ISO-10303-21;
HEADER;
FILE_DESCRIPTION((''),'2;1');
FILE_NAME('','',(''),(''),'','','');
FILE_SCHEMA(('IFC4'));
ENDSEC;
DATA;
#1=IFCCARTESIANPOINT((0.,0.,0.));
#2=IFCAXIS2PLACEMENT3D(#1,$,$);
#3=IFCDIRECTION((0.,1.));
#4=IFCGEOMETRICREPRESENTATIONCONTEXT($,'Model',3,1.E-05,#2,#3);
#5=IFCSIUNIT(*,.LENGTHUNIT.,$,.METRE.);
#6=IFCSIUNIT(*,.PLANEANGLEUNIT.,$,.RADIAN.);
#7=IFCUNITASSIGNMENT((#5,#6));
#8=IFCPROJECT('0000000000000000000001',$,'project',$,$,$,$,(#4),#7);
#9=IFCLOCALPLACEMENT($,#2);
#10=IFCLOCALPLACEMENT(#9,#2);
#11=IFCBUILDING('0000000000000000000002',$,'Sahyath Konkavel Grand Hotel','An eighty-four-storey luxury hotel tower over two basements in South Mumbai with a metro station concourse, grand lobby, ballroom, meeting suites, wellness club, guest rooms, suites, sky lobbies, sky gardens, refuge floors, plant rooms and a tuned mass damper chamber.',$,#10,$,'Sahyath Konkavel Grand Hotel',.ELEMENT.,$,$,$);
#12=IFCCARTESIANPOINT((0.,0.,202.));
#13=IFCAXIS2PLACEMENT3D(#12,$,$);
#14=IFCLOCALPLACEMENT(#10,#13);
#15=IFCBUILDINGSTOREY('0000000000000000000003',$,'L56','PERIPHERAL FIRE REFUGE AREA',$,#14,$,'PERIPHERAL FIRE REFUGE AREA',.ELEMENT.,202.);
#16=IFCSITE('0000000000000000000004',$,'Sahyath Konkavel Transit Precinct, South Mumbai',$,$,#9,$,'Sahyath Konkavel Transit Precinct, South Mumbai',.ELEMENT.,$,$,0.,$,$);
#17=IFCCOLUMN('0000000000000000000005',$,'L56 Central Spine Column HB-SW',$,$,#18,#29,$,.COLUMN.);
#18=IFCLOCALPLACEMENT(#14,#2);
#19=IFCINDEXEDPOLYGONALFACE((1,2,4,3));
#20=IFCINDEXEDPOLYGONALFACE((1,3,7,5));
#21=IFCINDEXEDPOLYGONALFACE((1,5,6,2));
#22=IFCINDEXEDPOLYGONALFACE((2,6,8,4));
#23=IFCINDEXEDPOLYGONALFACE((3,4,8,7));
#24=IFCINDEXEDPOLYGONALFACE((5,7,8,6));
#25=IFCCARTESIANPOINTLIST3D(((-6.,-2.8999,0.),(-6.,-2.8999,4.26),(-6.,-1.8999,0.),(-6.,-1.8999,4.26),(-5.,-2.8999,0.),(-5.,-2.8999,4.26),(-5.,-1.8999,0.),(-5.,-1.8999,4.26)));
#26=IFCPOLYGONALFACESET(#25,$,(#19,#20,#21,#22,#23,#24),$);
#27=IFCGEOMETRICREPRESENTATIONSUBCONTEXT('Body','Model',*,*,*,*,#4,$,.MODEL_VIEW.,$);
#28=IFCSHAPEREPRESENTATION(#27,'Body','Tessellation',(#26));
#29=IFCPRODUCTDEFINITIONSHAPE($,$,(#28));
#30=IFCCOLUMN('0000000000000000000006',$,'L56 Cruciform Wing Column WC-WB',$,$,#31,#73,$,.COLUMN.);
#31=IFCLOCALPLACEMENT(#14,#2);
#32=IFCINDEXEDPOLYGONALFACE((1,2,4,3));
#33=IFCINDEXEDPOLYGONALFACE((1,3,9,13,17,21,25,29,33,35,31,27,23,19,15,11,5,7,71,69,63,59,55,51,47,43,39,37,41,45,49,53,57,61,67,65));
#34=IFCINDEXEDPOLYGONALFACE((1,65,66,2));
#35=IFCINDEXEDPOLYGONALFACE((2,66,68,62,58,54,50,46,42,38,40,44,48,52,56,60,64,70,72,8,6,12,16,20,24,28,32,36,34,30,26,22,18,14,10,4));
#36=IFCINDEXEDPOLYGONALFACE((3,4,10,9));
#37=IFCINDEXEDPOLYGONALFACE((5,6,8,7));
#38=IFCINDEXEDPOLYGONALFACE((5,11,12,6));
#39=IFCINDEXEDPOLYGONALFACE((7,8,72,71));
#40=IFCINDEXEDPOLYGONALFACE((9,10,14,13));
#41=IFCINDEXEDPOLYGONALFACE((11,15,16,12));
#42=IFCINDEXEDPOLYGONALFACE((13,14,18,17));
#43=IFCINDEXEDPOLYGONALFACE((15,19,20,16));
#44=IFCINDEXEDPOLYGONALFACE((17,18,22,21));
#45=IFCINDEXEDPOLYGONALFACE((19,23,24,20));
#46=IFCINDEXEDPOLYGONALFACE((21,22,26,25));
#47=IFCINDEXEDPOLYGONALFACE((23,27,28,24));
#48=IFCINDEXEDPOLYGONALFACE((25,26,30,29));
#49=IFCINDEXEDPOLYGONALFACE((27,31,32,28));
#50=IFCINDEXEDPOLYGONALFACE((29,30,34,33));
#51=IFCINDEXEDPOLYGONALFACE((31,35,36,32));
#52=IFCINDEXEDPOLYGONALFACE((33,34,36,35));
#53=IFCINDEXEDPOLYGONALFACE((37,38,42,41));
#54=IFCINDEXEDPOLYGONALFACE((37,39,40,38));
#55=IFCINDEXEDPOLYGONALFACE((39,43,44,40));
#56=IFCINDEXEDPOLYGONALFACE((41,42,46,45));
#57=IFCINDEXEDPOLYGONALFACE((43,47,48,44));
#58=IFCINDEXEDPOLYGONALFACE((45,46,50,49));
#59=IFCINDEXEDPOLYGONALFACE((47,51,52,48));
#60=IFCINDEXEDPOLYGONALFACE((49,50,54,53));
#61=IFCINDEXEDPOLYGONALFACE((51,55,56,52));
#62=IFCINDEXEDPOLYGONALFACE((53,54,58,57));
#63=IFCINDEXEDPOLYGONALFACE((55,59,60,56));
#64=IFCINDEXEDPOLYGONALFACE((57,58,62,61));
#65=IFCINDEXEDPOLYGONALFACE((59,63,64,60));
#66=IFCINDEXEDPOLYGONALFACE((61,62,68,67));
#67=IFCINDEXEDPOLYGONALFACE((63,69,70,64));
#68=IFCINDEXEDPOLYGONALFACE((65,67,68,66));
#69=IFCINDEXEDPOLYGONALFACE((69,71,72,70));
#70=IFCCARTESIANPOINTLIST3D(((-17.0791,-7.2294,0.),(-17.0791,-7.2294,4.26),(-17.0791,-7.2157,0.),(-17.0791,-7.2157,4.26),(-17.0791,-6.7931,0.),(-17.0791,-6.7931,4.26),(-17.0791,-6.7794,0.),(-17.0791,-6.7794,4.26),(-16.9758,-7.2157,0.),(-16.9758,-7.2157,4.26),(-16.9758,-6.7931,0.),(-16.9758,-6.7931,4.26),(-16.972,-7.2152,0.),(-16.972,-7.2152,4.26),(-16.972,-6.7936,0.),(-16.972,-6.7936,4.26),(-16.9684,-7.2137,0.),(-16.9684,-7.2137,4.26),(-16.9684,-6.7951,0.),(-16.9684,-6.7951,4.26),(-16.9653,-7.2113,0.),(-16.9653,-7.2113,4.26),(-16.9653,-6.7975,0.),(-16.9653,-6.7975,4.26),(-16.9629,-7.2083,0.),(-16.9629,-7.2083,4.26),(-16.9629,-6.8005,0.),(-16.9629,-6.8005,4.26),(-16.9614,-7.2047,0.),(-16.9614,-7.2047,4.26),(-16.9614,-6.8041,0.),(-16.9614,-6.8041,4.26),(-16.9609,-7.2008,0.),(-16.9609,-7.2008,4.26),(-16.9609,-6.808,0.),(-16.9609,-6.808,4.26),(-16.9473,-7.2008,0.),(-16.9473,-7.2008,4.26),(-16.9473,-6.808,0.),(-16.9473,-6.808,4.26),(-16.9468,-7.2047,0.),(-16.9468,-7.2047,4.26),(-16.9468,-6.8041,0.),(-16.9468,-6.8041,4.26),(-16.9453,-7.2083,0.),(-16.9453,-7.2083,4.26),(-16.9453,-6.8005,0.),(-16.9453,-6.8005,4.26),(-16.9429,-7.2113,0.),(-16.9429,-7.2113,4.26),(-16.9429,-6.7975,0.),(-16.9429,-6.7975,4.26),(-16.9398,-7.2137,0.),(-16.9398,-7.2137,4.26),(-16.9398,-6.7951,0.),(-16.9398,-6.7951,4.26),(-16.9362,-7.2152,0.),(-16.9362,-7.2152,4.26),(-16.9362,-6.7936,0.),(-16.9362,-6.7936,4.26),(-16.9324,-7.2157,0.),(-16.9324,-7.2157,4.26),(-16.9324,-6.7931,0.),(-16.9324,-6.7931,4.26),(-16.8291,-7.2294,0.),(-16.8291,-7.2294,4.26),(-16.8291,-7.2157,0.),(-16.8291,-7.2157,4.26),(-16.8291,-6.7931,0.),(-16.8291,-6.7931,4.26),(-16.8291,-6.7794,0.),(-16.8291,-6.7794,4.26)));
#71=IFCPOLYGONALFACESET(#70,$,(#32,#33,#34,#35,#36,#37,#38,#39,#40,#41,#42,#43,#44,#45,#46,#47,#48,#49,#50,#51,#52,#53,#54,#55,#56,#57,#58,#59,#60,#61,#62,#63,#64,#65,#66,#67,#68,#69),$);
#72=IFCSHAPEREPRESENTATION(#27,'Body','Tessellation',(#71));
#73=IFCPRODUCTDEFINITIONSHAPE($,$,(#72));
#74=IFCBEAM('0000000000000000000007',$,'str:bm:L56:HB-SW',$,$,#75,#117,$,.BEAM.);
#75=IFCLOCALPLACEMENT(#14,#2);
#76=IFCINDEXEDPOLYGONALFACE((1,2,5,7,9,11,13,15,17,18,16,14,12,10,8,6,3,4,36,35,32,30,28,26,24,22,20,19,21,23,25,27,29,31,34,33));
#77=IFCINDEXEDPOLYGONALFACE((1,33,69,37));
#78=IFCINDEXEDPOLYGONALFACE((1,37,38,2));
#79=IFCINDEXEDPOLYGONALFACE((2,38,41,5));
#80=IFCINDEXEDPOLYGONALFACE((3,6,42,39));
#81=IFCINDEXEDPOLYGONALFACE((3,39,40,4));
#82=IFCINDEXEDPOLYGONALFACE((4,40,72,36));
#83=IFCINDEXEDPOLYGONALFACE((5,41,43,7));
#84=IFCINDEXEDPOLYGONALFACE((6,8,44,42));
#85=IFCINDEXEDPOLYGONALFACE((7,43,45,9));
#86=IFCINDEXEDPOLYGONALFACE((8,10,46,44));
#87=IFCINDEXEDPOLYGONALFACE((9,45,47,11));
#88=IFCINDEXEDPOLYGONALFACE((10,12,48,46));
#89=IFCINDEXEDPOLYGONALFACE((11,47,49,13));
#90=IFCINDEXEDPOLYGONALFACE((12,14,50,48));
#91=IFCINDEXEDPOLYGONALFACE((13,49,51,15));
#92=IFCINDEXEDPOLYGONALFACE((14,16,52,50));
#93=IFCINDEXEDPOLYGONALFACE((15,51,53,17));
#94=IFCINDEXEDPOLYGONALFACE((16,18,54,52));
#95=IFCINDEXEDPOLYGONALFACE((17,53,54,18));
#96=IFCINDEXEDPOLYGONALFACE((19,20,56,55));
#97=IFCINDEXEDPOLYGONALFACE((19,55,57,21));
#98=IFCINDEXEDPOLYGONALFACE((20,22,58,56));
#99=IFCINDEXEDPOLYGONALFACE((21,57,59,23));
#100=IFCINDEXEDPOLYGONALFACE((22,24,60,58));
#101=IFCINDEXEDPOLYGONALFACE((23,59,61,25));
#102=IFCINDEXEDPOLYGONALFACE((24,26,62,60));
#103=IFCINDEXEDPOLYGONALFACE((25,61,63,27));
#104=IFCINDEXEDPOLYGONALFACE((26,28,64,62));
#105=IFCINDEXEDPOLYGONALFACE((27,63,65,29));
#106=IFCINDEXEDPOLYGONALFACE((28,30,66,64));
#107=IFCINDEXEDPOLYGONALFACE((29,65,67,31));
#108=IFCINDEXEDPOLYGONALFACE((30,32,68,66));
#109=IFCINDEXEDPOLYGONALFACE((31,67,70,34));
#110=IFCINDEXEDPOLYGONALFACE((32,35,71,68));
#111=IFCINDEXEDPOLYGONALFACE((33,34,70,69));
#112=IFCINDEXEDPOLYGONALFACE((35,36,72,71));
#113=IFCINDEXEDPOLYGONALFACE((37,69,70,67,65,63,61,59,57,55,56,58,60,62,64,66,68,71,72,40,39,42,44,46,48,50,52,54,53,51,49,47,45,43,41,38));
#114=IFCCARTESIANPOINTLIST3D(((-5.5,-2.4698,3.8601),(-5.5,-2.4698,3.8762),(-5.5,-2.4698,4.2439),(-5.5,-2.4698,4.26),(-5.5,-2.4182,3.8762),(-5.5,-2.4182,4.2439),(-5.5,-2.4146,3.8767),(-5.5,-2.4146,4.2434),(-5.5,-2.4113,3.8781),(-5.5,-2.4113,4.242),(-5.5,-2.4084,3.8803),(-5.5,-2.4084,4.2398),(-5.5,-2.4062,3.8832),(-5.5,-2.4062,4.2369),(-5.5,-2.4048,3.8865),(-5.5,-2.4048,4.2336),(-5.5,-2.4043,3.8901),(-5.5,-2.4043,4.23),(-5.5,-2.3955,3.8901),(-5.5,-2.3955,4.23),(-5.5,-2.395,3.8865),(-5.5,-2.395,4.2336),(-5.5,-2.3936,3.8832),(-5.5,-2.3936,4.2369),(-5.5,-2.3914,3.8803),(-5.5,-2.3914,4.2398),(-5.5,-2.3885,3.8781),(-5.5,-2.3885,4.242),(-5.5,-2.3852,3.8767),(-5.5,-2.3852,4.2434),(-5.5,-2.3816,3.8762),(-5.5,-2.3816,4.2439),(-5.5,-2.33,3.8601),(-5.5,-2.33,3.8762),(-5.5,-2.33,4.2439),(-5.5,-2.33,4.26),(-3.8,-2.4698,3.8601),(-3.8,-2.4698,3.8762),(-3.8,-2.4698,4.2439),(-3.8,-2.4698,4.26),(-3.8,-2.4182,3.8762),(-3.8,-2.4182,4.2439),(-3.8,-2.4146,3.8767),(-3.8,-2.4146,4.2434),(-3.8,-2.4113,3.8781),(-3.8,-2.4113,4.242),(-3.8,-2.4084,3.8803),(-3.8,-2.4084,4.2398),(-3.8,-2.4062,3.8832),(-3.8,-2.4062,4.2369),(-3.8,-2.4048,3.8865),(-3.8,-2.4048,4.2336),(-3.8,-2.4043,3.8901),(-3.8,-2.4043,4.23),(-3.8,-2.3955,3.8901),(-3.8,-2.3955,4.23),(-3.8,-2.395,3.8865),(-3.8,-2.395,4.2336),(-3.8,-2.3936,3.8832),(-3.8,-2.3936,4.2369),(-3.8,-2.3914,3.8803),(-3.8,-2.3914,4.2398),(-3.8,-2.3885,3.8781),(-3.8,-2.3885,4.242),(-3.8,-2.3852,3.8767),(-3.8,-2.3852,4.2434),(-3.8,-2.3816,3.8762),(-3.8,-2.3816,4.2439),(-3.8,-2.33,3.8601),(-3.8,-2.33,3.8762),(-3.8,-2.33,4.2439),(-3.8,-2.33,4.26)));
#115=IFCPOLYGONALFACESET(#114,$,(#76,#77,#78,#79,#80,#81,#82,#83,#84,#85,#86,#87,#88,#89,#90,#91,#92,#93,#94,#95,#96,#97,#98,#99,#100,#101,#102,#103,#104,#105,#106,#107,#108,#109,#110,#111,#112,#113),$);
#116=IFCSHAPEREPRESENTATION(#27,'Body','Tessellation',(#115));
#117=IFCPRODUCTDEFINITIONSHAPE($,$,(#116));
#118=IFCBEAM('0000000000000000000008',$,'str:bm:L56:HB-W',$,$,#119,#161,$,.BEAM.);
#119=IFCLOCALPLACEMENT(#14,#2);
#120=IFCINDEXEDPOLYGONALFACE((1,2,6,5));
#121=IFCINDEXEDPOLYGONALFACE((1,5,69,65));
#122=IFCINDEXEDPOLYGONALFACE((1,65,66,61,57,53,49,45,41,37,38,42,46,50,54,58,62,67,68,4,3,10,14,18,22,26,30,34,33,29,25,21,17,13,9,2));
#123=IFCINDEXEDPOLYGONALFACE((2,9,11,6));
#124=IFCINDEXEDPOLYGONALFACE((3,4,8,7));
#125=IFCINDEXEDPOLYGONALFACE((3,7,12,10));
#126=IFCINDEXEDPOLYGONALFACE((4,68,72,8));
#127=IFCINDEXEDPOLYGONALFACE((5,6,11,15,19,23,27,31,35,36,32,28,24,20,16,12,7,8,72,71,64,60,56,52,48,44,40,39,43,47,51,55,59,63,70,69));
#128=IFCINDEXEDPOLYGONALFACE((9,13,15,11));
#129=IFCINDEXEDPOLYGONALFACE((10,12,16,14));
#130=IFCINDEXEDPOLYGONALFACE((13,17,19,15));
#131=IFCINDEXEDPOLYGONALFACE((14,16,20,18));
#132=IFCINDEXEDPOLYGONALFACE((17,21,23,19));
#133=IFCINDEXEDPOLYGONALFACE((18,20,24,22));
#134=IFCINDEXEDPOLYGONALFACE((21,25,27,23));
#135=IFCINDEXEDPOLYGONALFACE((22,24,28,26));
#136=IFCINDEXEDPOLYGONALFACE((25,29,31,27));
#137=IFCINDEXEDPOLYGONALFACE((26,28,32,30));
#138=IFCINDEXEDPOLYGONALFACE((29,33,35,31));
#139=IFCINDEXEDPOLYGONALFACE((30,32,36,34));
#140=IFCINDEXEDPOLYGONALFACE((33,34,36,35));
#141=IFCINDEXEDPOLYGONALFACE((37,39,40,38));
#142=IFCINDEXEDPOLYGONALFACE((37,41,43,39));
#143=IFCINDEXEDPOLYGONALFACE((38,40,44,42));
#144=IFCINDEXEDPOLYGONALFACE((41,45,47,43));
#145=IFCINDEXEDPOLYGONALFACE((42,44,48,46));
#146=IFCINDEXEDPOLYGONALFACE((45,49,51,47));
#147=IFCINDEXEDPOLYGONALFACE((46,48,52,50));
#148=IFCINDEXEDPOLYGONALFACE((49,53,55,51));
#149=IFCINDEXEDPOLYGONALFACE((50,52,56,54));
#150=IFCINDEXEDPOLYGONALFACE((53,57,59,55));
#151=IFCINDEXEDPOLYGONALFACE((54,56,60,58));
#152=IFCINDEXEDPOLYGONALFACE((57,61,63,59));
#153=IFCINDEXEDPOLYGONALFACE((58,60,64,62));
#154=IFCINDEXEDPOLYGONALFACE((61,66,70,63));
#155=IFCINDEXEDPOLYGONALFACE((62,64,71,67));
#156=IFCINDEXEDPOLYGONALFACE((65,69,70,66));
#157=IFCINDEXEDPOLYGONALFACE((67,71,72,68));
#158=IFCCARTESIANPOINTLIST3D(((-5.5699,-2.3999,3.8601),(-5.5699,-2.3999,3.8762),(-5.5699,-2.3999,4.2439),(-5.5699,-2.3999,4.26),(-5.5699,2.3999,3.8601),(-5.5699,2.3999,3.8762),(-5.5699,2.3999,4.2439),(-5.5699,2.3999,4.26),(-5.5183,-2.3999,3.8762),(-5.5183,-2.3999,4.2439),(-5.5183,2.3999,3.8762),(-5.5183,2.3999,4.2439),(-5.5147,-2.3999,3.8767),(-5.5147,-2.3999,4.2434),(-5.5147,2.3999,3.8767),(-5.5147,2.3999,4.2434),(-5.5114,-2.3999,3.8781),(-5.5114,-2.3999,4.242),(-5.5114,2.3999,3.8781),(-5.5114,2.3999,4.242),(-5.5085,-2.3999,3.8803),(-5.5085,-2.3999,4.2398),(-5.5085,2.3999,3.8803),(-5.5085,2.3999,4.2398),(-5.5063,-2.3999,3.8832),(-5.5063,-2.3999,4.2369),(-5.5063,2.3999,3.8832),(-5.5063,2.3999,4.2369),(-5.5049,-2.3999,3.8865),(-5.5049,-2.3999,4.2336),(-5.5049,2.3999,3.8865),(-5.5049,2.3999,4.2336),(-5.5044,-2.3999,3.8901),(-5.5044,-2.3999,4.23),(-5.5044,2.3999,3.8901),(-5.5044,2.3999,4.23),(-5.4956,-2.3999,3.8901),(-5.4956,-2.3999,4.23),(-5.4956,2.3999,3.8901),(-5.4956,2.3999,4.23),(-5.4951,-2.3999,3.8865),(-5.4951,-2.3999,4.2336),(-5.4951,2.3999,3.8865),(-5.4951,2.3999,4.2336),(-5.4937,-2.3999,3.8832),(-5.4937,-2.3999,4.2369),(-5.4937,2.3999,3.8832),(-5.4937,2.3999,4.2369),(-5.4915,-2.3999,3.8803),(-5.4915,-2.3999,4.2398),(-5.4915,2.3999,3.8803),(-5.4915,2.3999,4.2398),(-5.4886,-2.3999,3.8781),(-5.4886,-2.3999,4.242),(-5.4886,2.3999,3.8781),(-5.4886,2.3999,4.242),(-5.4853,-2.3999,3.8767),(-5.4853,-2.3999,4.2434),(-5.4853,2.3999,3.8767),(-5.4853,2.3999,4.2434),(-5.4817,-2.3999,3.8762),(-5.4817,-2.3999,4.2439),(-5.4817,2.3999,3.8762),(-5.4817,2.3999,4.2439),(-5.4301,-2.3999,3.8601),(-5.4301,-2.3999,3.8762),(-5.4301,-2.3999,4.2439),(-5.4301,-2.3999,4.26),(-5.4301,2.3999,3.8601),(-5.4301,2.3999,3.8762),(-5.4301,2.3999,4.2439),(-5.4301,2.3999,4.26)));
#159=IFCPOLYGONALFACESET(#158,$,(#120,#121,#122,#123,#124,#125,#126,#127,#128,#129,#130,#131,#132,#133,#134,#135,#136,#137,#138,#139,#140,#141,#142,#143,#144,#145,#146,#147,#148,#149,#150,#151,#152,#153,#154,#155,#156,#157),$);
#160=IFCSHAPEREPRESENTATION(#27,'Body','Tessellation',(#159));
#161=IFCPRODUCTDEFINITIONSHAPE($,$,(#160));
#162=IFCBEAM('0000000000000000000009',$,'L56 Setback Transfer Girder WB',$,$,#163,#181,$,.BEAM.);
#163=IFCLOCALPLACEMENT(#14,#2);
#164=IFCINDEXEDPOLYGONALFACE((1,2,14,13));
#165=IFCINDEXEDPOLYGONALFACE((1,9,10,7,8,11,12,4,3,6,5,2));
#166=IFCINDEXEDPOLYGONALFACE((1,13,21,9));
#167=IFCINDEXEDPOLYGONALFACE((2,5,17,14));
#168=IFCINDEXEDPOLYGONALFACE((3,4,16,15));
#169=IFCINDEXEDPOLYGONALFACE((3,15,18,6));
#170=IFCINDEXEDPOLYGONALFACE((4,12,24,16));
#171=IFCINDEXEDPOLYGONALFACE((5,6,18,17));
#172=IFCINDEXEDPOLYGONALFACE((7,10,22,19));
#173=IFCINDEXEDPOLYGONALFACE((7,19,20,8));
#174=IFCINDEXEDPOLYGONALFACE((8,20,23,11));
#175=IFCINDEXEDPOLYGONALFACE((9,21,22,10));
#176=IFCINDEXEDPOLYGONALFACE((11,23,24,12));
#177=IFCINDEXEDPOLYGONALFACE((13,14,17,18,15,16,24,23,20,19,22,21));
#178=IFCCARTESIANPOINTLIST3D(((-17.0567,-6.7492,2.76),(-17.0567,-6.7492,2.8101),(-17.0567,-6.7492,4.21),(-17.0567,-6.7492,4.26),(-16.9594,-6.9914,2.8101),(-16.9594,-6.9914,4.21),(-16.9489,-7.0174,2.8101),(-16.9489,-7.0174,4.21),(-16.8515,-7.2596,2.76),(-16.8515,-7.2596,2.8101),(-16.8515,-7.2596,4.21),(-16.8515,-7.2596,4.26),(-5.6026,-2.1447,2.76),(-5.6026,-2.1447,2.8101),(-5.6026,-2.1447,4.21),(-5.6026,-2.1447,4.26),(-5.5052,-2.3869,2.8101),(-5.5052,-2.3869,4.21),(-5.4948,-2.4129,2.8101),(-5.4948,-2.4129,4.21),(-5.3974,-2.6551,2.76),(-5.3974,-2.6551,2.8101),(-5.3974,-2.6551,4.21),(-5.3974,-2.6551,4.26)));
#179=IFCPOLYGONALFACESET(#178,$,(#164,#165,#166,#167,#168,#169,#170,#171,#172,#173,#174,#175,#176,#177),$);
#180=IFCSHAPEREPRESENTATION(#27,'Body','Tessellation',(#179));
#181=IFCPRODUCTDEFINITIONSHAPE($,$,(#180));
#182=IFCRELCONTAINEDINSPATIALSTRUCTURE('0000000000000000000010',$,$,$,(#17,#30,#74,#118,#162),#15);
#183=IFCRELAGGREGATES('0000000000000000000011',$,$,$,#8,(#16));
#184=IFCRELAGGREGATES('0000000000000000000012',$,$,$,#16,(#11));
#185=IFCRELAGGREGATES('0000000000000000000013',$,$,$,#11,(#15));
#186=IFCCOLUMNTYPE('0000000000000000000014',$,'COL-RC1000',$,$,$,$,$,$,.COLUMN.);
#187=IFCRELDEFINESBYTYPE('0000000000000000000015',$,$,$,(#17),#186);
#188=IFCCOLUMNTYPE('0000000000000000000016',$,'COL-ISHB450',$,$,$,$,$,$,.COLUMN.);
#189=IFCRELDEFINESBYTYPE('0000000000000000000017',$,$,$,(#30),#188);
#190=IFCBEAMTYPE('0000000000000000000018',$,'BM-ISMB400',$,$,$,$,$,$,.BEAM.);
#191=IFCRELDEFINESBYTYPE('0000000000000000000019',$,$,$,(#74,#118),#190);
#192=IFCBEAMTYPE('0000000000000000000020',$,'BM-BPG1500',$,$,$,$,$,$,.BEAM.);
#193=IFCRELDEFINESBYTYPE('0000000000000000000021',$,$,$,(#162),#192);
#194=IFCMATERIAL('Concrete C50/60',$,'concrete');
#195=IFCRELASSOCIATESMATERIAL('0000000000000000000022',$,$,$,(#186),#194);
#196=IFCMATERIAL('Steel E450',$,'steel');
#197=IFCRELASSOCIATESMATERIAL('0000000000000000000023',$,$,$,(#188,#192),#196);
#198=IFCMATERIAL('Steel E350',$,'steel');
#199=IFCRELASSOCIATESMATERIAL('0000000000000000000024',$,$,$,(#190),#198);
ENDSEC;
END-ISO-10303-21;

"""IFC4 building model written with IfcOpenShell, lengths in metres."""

from ifc_helpers import new_model, si_unit, direction, frame, origin, origin_2d, place, context, subcontext, project, spatial, rectangle, i_section, extrude, source, transform, mapped, material, material_profile, profile_set, type_object, element, save


model = new_model("IFC4")

# Units and contexts
model_context = context("Model", 3, precision=1e-05, world=origin(), true_north=direction((0.0, 1.0)))
body_context = subcontext(model_context, "Body", "Model", "MODEL_VIEW")
ifc_project = project(units=[si_unit("LENGTHUNIT", "METRE"), si_unit("PLANEANGLEUNIT", "RADIAN")], contexts=[model_context])

# Site, building, storey
site_placement = place(None, origin())
site = spatial("IfcSite", under=ifc_project, at=site_placement, Name="Sahyath Konkavel Transit Precinct, South Mumbai", LongName="Sahyath Konkavel Transit Precinct, South Mumbai", CompositionType="ELEMENT", RefElevation=0.0)
building_placement = place(site_placement, origin())
building = spatial("IfcBuilding", under=site, at=building_placement, Name="Sahyath Konkavel Grand Hotel", Description="An eighty-four-storey luxury hotel tower over two basements in South Mumbai with a metro station concourse, grand lobby, ballroom, meeting suites, wellness club, guest rooms, suites, sky lobbies, sky gardens, refuge floors, plant rooms and a tuned mass damper chamber.", LongName="Sahyath Konkavel Grand Hotel", CompositionType="ELEMENT")
storey_placement = place(building_placement, frame((0.0, 0.0, 202.0)))
storey = spatial("IfcBuildingStorey", under=building, at=storey_placement, Name="L56", Description="PERIPHERAL FIRE REFUGE AREA", LongName="PERIPHERAL FIRE REFUGE AREA", CompositionType="ELEMENT", Elevation=202.0)

# Columns
ifc_material_1 = material(Name="Concrete C50/60", Category="concrete")
ifc_material_profile_1 = material_profile(ifc_material_1, rectangle(XDim=1.0, YDim=1.0, at=origin_2d()), Name="RC 1000x1000")
ifc_profile_set_1 = profile_set([ifc_material_profile_1], Name="Concrete C50/60")
column_type_1 = type_object("IfcColumnType", Name="COL-RC1000", PredefinedType="COLUMN", material=ifc_profile_set_1)
shared_shape_1 = source(origin(), body_context, "Body", "SweptSolid", [
    extrude(rectangle(XDim=1.0, YDim=1.0, at=origin_2d()), origin(), (0.0, 0.0, 1.0), 4.26),
])
column_1_placement = place(storey_placement, frame((-5.5, -2.3999, 0.0), z_axis=(0.0, 0.0, 1.0), x_axis=(1.0, 0.0, 0.0)))
element("IfcColumn", 1, at=column_1_placement, inside=storey, type_object=column_type_1, Name="L56 Central Spine Column HB-SW", PredefinedType="COLUMN", context=body_context, shape_type="MappedRepresentation", body=[
    mapped(shared_shape_1, transform((0.0, 0.0, 0.0), scale=1.0)),
])
ifc_material_2 = material(Name="Steel E450", Category="steel")
ifc_material_profile_2 = material_profile(ifc_material_2, i_section(OverallWidth=0.25, OverallDepth=0.45, WebThickness=0.0137, FlangeThickness=0.0137, FilletRadius=0.0149, at=origin_2d()), Name="ISHB 450")
ifc_profile_set_2 = profile_set([ifc_material_profile_2], Name="Steel E450")
column_type_2 = type_object("IfcColumnType", Name="COL-ISHB450", PredefinedType="COLUMN", material=ifc_profile_set_2)
shared_shape_2 = source(origin(), body_context, "Body", "SweptSolid", [
    extrude(i_section(OverallWidth=0.25, OverallDepth=0.45, WebThickness=0.0137, FlangeThickness=0.0137, FilletRadius=0.0149, at=origin_2d()), origin(), (0.0, 0.0, 1.0), 4.26),
])
column_2_placement = place(storey_placement, frame((-16.9541, -7.0044, 0.0), z_axis=(0.0, 0.0, 1.0), x_axis=(1.0, 0.0, 0.0)))
element("IfcColumn", 2, at=column_2_placement, inside=storey, type_object=column_type_2, Name="L56 Cruciform Wing Column WC-WB", PredefinedType="COLUMN", context=body_context, shape_type="MappedRepresentation", body=[
    mapped(shared_shape_2, transform((0.0, 0.0, 0.0), scale=1.0)),
])

# Beams
ifc_material_3 = material(Name="Steel E350", Category="steel")
ifc_material_profile_3 = material_profile(ifc_material_3, i_section(OverallWidth=0.1399, OverallDepth=0.3999, WebThickness=0.0088, FlangeThickness=0.0161, FilletRadius=0.0139, at=origin_2d()), Name="ISMB 400")
ifc_profile_set_3 = profile_set([ifc_material_profile_3], Name="Steel E350")
beam_type_1 = type_object("IfcBeamType", Name="BM-ISMB400", PredefinedType="BEAM", material=ifc_profile_set_3)
shared_shape_3 = source(origin(), body_context, "Body", "SweptSolid", [
    extrude(i_section(OverallWidth=0.1399, OverallDepth=0.3999, WebThickness=0.0088, FlangeThickness=0.0161, FilletRadius=0.0139, at=origin_2d()), origin(), (0.0, 0.0, 1.0), 1.7),
])
beam_1_placement = place(storey_placement, frame((-5.5, -2.3999, 4.0601), z_axis=(1.0, 0.0, 0.0), x_axis=(0.0, 1.0, 0.0)))
element("IfcBeam", 3, at=beam_1_placement, inside=storey, type_object=beam_type_1, Name="str:bm:L56:HB-SW", PredefinedType="BEAM", context=body_context, shape_type="MappedRepresentation", body=[
    mapped(shared_shape_3, transform((0.0, 0.0, 0.0), scale=1.0)),
])
shared_shape_4 = source(origin(), body_context, "Body", "SweptSolid", [
    extrude(i_section(OverallWidth=0.1399, OverallDepth=0.3999, WebThickness=0.0088, FlangeThickness=0.0161, FilletRadius=0.0139, at=origin_2d()), origin(), (0.0, 0.0, 1.0), 4.7998),
])
beam_2_placement = place(storey_placement, frame((-5.5, -2.3999, 4.0601), z_axis=(0.0, 1.0, 0.0), x_axis=(-1.0, 0.0, 0.0)))
element("IfcBeam", 4, at=beam_2_placement, inside=storey, type_object=beam_type_1, Name="str:bm:L56:HB-W", PredefinedType="BEAM", context=body_context, shape_type="MappedRepresentation", body=[
    mapped(shared_shape_4, transform((0.0, 0.0, 0.0), scale=1.0)),
])
ifc_material_profile_4 = material_profile(ifc_material_2, i_section(OverallWidth=0.55, OverallDepth=1.5, WebThickness=0.0281, FlangeThickness=0.05, at=origin_2d()), Name="BPG 1500x550")
ifc_profile_set_4 = profile_set([ifc_material_profile_4], Name="Steel E450")
beam_type_2 = type_object("IfcBeamType", Name="BM-BPG1500", PredefinedType="BEAM", material=ifc_profile_set_4)
shared_shape_5 = source(origin(), body_context, "Body", "SweptSolid", [
    extrude(i_section(OverallWidth=0.55, OverallDepth=1.5, WebThickness=0.0281, FlangeThickness=0.05, at=origin_2d()), origin(), (0.0, 0.0, 1.0), 12.345),
])
beam_3_placement = place(storey_placement, frame((-5.5, -2.3999, 3.51), z_axis=(-0.927837, -0.372986, 0.0), x_axis=(0.372986, -0.927837, 0.0)))
element("IfcBeam", 5, at=beam_3_placement, inside=storey, type_object=beam_type_2, Name="L56 Setback Transfer Girder WB", PredefinedType="BEAM", context=body_context, shape_type="MappedRepresentation", body=[
    mapped(shared_shape_5, transform((0.0, 0.0, 0.0), scale=1.0)),
])

save(model, "model.ifc")
